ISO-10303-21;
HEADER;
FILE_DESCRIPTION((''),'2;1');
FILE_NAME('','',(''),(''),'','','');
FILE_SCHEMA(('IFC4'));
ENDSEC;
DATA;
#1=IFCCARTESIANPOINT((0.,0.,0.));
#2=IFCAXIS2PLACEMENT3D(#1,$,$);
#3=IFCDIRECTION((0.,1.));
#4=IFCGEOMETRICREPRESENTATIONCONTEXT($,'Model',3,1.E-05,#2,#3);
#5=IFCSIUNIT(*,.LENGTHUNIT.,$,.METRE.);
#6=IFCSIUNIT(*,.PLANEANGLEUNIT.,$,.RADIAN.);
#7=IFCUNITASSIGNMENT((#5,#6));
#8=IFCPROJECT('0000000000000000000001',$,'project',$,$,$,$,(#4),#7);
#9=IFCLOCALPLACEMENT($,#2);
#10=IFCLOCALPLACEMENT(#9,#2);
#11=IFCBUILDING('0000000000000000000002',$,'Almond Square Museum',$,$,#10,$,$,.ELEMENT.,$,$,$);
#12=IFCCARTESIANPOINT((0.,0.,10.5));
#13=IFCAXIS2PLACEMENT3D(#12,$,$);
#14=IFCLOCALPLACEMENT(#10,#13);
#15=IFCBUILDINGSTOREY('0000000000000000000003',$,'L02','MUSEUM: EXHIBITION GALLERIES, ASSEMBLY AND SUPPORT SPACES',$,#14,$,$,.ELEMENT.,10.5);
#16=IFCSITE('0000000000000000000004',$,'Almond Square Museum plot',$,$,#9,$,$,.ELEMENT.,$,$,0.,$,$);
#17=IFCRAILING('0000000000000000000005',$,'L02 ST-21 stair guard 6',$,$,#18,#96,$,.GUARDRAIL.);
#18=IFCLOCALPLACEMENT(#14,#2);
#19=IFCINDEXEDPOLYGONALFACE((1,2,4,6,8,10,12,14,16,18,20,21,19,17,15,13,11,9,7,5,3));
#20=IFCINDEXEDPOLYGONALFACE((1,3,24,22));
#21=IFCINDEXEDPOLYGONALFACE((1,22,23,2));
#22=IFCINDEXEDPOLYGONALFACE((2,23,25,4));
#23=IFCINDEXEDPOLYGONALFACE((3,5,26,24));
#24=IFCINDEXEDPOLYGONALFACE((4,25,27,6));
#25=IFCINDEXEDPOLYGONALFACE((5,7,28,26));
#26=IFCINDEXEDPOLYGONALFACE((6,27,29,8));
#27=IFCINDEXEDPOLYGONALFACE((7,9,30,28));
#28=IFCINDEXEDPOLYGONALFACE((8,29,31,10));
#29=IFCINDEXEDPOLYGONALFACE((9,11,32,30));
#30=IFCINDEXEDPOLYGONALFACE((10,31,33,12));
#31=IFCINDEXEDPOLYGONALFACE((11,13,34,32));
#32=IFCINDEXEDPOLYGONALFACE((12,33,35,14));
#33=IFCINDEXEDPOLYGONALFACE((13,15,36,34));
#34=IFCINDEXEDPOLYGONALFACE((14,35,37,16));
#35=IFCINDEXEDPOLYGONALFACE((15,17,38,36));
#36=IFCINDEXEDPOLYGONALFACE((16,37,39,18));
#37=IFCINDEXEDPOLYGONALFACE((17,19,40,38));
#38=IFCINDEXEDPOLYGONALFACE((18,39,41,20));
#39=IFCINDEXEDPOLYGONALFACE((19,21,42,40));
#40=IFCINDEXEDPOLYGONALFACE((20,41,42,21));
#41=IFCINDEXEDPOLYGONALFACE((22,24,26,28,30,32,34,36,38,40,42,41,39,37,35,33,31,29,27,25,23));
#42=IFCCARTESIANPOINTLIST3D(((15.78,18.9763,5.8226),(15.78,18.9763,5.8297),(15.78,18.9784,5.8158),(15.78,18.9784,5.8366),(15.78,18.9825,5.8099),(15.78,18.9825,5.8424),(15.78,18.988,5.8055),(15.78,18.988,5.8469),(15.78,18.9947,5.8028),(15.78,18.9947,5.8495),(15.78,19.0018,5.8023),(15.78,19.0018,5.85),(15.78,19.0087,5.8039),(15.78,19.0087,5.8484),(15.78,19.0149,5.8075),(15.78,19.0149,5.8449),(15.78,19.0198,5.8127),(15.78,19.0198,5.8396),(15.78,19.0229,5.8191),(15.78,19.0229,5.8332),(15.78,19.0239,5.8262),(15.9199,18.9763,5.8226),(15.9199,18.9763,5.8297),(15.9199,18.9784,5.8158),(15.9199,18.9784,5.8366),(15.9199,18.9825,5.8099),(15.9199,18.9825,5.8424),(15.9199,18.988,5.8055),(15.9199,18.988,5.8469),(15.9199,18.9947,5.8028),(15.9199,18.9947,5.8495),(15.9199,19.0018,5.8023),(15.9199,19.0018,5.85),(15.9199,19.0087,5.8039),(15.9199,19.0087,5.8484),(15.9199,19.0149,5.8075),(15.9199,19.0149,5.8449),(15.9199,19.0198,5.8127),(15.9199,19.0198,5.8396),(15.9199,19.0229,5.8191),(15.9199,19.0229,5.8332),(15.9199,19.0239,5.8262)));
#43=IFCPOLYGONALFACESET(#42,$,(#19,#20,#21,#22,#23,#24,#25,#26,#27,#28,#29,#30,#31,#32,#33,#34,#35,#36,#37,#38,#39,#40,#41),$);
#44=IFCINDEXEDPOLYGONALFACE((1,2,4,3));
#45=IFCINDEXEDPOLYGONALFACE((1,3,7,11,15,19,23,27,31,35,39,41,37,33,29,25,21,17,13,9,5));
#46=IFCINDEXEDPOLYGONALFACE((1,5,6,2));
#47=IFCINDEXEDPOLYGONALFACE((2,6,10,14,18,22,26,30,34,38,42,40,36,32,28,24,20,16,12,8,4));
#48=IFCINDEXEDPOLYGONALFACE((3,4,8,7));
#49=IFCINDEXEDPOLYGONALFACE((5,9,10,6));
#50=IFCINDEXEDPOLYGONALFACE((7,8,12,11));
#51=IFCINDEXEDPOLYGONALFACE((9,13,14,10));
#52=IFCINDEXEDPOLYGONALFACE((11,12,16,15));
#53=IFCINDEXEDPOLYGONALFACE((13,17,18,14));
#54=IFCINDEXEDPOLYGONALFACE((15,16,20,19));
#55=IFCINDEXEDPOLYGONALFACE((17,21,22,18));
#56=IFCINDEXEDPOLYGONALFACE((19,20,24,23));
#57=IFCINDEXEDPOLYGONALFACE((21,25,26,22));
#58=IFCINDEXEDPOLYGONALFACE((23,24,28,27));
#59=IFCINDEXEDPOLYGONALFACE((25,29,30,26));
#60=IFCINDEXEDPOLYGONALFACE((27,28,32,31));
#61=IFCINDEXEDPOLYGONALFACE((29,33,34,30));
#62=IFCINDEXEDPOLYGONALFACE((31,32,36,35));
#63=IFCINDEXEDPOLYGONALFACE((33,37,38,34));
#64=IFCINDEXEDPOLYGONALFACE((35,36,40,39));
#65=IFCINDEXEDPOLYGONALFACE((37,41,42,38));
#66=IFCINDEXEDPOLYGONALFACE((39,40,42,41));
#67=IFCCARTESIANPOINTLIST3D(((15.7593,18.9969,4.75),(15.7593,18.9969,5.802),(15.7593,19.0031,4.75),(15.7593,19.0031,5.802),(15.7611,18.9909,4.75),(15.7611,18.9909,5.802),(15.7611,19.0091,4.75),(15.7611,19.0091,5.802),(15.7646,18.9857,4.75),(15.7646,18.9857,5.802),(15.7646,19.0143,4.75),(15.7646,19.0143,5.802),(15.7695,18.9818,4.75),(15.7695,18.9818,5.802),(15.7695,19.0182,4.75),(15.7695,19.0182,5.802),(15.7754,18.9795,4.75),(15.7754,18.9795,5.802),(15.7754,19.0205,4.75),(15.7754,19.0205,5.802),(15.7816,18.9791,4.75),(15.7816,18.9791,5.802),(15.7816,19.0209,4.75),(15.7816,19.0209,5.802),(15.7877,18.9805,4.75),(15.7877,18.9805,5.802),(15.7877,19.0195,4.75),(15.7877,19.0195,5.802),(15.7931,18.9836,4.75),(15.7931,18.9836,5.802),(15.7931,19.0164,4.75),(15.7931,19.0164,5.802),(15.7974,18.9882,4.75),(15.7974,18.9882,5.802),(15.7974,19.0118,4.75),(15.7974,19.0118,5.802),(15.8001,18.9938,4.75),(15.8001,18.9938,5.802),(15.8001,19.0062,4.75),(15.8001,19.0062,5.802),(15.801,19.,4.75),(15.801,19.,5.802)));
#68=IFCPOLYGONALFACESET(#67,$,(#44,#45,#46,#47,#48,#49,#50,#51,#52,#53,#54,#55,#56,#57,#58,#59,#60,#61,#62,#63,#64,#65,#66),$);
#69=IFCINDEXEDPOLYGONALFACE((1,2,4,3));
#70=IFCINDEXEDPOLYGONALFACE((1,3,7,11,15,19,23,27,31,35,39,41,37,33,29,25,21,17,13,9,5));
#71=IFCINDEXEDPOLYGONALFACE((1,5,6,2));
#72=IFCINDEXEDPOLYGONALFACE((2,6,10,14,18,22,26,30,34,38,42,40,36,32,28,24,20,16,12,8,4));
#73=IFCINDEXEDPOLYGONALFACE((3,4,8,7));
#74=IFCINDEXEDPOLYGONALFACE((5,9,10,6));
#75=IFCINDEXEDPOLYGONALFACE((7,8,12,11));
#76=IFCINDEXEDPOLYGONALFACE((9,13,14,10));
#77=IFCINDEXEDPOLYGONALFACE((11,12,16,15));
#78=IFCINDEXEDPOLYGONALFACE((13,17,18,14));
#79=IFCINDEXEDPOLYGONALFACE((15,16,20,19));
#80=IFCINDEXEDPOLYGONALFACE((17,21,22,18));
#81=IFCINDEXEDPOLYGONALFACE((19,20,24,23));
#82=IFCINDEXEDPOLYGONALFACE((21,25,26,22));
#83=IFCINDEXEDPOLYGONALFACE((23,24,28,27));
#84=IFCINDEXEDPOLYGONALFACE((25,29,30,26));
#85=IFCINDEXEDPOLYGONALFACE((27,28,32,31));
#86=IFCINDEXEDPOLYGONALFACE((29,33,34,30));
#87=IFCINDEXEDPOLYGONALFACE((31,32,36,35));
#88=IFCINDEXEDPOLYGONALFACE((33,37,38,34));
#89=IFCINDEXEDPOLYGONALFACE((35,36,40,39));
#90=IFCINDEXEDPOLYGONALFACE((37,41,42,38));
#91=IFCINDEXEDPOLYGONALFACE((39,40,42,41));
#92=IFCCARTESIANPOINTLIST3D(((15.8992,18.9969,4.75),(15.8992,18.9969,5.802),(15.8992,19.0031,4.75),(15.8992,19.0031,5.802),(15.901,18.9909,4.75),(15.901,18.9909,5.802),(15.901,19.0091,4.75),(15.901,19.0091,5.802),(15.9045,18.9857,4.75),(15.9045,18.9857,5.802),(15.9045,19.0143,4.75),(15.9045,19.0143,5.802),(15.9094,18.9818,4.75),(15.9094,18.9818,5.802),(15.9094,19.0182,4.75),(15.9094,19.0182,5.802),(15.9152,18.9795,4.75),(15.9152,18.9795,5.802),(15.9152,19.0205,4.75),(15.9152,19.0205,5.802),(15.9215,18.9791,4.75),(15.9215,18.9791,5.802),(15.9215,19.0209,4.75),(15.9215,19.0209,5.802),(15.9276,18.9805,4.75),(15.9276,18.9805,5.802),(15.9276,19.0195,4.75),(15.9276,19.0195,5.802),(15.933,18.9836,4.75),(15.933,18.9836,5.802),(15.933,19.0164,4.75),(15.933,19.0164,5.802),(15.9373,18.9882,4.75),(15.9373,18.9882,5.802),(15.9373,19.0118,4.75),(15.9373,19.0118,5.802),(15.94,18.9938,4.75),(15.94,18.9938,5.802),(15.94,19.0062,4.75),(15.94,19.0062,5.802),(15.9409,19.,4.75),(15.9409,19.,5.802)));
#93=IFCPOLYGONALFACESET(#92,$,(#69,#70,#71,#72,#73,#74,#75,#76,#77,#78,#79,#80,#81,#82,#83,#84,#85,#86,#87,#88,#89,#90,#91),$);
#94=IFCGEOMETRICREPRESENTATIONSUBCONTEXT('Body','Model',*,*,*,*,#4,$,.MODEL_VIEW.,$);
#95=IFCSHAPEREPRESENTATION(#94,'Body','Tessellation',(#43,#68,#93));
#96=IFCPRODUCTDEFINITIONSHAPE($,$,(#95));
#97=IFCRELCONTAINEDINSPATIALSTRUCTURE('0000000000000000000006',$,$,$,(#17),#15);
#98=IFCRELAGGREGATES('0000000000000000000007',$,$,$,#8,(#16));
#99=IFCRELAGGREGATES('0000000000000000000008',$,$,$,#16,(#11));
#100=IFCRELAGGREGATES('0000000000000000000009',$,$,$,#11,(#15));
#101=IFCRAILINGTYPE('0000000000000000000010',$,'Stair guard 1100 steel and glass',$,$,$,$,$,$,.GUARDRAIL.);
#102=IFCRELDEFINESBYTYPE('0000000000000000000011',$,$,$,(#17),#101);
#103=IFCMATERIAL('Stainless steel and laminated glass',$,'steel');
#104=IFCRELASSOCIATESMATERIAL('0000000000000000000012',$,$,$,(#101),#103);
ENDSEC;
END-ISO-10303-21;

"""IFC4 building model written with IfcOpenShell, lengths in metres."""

from ifc_helpers import new_model, si_unit, direction, frame, origin, origin_2d, place, context, subcontext, project, spatial, circle, extrude, material, type_object, element, save


model = new_model("IFC4")

# Units and contexts
model_context = context("Model", 3, precision=1e-05, world=origin(), true_north=direction((0.0, 1.0)))
body_context = subcontext(model_context, "Body", "Model", "MODEL_VIEW")
ifc_project = project(units=[si_unit("LENGTHUNIT", "METRE"), si_unit("PLANEANGLEUNIT", "RADIAN")], contexts=[model_context])

# Site, building, storey
site_placement = place(None, origin())
site = spatial("IfcSite", under=ifc_project, at=site_placement, Name="Almond Square Museum plot", CompositionType="ELEMENT", RefElevation=0.0)
building_placement = place(site_placement, origin())
building = spatial("IfcBuilding", under=site, at=building_placement, Name="Almond Square Museum", CompositionType="ELEMENT")
storey_placement = place(building_placement, frame((0.0, 0.0, 10.5)))
storey = spatial("IfcBuildingStorey", under=building, at=storey_placement, Name="L02", Description="MUSEUM: EXHIBITION GALLERIES, ASSEMBLY AND SUPPORT SPACES", CompositionType="ELEMENT", Elevation=10.5)

# Railing
ifc_material_1 = material(Name="Stainless steel and laminated glass", Category="steel")
railing_type_1 = type_object("IfcRailingType", Name="Stair guard 1100 steel and glass", PredefinedType="GUARDRAIL", material=ifc_material_1)
railing_1_placement = place(storey_placement, frame((15.78, 19.0, 4.75)))
element("IfcRailing", 1, at=railing_1_placement, inside=storey, type_object=railing_type_1, Name="L02 ST-21 stair guard 6", PredefinedType="GUARDRAIL", context=body_context, shape_type="SweptSolid", body=[
    extrude(circle(Radius=0.0239, at=origin_2d()), frame((0.0, 0.0, 1.0762), z_axis=(1.0, 0.0, 0.0), x_axis=(0.0, 1.0, 0.0)), (0.0, 0.0, 1.0), 0.1399),
    extrude(circle(Radius=0.021, at=origin_2d()), origin(), (0.0, 0.0, 1.0), 1.052),
    extrude(circle(Radius=0.021, at=origin_2d()), frame((0.1399, 0.0, 0.0)), (0.0, 0.0, 1.0), 1.052),
])

save(model, "model.ifc")
